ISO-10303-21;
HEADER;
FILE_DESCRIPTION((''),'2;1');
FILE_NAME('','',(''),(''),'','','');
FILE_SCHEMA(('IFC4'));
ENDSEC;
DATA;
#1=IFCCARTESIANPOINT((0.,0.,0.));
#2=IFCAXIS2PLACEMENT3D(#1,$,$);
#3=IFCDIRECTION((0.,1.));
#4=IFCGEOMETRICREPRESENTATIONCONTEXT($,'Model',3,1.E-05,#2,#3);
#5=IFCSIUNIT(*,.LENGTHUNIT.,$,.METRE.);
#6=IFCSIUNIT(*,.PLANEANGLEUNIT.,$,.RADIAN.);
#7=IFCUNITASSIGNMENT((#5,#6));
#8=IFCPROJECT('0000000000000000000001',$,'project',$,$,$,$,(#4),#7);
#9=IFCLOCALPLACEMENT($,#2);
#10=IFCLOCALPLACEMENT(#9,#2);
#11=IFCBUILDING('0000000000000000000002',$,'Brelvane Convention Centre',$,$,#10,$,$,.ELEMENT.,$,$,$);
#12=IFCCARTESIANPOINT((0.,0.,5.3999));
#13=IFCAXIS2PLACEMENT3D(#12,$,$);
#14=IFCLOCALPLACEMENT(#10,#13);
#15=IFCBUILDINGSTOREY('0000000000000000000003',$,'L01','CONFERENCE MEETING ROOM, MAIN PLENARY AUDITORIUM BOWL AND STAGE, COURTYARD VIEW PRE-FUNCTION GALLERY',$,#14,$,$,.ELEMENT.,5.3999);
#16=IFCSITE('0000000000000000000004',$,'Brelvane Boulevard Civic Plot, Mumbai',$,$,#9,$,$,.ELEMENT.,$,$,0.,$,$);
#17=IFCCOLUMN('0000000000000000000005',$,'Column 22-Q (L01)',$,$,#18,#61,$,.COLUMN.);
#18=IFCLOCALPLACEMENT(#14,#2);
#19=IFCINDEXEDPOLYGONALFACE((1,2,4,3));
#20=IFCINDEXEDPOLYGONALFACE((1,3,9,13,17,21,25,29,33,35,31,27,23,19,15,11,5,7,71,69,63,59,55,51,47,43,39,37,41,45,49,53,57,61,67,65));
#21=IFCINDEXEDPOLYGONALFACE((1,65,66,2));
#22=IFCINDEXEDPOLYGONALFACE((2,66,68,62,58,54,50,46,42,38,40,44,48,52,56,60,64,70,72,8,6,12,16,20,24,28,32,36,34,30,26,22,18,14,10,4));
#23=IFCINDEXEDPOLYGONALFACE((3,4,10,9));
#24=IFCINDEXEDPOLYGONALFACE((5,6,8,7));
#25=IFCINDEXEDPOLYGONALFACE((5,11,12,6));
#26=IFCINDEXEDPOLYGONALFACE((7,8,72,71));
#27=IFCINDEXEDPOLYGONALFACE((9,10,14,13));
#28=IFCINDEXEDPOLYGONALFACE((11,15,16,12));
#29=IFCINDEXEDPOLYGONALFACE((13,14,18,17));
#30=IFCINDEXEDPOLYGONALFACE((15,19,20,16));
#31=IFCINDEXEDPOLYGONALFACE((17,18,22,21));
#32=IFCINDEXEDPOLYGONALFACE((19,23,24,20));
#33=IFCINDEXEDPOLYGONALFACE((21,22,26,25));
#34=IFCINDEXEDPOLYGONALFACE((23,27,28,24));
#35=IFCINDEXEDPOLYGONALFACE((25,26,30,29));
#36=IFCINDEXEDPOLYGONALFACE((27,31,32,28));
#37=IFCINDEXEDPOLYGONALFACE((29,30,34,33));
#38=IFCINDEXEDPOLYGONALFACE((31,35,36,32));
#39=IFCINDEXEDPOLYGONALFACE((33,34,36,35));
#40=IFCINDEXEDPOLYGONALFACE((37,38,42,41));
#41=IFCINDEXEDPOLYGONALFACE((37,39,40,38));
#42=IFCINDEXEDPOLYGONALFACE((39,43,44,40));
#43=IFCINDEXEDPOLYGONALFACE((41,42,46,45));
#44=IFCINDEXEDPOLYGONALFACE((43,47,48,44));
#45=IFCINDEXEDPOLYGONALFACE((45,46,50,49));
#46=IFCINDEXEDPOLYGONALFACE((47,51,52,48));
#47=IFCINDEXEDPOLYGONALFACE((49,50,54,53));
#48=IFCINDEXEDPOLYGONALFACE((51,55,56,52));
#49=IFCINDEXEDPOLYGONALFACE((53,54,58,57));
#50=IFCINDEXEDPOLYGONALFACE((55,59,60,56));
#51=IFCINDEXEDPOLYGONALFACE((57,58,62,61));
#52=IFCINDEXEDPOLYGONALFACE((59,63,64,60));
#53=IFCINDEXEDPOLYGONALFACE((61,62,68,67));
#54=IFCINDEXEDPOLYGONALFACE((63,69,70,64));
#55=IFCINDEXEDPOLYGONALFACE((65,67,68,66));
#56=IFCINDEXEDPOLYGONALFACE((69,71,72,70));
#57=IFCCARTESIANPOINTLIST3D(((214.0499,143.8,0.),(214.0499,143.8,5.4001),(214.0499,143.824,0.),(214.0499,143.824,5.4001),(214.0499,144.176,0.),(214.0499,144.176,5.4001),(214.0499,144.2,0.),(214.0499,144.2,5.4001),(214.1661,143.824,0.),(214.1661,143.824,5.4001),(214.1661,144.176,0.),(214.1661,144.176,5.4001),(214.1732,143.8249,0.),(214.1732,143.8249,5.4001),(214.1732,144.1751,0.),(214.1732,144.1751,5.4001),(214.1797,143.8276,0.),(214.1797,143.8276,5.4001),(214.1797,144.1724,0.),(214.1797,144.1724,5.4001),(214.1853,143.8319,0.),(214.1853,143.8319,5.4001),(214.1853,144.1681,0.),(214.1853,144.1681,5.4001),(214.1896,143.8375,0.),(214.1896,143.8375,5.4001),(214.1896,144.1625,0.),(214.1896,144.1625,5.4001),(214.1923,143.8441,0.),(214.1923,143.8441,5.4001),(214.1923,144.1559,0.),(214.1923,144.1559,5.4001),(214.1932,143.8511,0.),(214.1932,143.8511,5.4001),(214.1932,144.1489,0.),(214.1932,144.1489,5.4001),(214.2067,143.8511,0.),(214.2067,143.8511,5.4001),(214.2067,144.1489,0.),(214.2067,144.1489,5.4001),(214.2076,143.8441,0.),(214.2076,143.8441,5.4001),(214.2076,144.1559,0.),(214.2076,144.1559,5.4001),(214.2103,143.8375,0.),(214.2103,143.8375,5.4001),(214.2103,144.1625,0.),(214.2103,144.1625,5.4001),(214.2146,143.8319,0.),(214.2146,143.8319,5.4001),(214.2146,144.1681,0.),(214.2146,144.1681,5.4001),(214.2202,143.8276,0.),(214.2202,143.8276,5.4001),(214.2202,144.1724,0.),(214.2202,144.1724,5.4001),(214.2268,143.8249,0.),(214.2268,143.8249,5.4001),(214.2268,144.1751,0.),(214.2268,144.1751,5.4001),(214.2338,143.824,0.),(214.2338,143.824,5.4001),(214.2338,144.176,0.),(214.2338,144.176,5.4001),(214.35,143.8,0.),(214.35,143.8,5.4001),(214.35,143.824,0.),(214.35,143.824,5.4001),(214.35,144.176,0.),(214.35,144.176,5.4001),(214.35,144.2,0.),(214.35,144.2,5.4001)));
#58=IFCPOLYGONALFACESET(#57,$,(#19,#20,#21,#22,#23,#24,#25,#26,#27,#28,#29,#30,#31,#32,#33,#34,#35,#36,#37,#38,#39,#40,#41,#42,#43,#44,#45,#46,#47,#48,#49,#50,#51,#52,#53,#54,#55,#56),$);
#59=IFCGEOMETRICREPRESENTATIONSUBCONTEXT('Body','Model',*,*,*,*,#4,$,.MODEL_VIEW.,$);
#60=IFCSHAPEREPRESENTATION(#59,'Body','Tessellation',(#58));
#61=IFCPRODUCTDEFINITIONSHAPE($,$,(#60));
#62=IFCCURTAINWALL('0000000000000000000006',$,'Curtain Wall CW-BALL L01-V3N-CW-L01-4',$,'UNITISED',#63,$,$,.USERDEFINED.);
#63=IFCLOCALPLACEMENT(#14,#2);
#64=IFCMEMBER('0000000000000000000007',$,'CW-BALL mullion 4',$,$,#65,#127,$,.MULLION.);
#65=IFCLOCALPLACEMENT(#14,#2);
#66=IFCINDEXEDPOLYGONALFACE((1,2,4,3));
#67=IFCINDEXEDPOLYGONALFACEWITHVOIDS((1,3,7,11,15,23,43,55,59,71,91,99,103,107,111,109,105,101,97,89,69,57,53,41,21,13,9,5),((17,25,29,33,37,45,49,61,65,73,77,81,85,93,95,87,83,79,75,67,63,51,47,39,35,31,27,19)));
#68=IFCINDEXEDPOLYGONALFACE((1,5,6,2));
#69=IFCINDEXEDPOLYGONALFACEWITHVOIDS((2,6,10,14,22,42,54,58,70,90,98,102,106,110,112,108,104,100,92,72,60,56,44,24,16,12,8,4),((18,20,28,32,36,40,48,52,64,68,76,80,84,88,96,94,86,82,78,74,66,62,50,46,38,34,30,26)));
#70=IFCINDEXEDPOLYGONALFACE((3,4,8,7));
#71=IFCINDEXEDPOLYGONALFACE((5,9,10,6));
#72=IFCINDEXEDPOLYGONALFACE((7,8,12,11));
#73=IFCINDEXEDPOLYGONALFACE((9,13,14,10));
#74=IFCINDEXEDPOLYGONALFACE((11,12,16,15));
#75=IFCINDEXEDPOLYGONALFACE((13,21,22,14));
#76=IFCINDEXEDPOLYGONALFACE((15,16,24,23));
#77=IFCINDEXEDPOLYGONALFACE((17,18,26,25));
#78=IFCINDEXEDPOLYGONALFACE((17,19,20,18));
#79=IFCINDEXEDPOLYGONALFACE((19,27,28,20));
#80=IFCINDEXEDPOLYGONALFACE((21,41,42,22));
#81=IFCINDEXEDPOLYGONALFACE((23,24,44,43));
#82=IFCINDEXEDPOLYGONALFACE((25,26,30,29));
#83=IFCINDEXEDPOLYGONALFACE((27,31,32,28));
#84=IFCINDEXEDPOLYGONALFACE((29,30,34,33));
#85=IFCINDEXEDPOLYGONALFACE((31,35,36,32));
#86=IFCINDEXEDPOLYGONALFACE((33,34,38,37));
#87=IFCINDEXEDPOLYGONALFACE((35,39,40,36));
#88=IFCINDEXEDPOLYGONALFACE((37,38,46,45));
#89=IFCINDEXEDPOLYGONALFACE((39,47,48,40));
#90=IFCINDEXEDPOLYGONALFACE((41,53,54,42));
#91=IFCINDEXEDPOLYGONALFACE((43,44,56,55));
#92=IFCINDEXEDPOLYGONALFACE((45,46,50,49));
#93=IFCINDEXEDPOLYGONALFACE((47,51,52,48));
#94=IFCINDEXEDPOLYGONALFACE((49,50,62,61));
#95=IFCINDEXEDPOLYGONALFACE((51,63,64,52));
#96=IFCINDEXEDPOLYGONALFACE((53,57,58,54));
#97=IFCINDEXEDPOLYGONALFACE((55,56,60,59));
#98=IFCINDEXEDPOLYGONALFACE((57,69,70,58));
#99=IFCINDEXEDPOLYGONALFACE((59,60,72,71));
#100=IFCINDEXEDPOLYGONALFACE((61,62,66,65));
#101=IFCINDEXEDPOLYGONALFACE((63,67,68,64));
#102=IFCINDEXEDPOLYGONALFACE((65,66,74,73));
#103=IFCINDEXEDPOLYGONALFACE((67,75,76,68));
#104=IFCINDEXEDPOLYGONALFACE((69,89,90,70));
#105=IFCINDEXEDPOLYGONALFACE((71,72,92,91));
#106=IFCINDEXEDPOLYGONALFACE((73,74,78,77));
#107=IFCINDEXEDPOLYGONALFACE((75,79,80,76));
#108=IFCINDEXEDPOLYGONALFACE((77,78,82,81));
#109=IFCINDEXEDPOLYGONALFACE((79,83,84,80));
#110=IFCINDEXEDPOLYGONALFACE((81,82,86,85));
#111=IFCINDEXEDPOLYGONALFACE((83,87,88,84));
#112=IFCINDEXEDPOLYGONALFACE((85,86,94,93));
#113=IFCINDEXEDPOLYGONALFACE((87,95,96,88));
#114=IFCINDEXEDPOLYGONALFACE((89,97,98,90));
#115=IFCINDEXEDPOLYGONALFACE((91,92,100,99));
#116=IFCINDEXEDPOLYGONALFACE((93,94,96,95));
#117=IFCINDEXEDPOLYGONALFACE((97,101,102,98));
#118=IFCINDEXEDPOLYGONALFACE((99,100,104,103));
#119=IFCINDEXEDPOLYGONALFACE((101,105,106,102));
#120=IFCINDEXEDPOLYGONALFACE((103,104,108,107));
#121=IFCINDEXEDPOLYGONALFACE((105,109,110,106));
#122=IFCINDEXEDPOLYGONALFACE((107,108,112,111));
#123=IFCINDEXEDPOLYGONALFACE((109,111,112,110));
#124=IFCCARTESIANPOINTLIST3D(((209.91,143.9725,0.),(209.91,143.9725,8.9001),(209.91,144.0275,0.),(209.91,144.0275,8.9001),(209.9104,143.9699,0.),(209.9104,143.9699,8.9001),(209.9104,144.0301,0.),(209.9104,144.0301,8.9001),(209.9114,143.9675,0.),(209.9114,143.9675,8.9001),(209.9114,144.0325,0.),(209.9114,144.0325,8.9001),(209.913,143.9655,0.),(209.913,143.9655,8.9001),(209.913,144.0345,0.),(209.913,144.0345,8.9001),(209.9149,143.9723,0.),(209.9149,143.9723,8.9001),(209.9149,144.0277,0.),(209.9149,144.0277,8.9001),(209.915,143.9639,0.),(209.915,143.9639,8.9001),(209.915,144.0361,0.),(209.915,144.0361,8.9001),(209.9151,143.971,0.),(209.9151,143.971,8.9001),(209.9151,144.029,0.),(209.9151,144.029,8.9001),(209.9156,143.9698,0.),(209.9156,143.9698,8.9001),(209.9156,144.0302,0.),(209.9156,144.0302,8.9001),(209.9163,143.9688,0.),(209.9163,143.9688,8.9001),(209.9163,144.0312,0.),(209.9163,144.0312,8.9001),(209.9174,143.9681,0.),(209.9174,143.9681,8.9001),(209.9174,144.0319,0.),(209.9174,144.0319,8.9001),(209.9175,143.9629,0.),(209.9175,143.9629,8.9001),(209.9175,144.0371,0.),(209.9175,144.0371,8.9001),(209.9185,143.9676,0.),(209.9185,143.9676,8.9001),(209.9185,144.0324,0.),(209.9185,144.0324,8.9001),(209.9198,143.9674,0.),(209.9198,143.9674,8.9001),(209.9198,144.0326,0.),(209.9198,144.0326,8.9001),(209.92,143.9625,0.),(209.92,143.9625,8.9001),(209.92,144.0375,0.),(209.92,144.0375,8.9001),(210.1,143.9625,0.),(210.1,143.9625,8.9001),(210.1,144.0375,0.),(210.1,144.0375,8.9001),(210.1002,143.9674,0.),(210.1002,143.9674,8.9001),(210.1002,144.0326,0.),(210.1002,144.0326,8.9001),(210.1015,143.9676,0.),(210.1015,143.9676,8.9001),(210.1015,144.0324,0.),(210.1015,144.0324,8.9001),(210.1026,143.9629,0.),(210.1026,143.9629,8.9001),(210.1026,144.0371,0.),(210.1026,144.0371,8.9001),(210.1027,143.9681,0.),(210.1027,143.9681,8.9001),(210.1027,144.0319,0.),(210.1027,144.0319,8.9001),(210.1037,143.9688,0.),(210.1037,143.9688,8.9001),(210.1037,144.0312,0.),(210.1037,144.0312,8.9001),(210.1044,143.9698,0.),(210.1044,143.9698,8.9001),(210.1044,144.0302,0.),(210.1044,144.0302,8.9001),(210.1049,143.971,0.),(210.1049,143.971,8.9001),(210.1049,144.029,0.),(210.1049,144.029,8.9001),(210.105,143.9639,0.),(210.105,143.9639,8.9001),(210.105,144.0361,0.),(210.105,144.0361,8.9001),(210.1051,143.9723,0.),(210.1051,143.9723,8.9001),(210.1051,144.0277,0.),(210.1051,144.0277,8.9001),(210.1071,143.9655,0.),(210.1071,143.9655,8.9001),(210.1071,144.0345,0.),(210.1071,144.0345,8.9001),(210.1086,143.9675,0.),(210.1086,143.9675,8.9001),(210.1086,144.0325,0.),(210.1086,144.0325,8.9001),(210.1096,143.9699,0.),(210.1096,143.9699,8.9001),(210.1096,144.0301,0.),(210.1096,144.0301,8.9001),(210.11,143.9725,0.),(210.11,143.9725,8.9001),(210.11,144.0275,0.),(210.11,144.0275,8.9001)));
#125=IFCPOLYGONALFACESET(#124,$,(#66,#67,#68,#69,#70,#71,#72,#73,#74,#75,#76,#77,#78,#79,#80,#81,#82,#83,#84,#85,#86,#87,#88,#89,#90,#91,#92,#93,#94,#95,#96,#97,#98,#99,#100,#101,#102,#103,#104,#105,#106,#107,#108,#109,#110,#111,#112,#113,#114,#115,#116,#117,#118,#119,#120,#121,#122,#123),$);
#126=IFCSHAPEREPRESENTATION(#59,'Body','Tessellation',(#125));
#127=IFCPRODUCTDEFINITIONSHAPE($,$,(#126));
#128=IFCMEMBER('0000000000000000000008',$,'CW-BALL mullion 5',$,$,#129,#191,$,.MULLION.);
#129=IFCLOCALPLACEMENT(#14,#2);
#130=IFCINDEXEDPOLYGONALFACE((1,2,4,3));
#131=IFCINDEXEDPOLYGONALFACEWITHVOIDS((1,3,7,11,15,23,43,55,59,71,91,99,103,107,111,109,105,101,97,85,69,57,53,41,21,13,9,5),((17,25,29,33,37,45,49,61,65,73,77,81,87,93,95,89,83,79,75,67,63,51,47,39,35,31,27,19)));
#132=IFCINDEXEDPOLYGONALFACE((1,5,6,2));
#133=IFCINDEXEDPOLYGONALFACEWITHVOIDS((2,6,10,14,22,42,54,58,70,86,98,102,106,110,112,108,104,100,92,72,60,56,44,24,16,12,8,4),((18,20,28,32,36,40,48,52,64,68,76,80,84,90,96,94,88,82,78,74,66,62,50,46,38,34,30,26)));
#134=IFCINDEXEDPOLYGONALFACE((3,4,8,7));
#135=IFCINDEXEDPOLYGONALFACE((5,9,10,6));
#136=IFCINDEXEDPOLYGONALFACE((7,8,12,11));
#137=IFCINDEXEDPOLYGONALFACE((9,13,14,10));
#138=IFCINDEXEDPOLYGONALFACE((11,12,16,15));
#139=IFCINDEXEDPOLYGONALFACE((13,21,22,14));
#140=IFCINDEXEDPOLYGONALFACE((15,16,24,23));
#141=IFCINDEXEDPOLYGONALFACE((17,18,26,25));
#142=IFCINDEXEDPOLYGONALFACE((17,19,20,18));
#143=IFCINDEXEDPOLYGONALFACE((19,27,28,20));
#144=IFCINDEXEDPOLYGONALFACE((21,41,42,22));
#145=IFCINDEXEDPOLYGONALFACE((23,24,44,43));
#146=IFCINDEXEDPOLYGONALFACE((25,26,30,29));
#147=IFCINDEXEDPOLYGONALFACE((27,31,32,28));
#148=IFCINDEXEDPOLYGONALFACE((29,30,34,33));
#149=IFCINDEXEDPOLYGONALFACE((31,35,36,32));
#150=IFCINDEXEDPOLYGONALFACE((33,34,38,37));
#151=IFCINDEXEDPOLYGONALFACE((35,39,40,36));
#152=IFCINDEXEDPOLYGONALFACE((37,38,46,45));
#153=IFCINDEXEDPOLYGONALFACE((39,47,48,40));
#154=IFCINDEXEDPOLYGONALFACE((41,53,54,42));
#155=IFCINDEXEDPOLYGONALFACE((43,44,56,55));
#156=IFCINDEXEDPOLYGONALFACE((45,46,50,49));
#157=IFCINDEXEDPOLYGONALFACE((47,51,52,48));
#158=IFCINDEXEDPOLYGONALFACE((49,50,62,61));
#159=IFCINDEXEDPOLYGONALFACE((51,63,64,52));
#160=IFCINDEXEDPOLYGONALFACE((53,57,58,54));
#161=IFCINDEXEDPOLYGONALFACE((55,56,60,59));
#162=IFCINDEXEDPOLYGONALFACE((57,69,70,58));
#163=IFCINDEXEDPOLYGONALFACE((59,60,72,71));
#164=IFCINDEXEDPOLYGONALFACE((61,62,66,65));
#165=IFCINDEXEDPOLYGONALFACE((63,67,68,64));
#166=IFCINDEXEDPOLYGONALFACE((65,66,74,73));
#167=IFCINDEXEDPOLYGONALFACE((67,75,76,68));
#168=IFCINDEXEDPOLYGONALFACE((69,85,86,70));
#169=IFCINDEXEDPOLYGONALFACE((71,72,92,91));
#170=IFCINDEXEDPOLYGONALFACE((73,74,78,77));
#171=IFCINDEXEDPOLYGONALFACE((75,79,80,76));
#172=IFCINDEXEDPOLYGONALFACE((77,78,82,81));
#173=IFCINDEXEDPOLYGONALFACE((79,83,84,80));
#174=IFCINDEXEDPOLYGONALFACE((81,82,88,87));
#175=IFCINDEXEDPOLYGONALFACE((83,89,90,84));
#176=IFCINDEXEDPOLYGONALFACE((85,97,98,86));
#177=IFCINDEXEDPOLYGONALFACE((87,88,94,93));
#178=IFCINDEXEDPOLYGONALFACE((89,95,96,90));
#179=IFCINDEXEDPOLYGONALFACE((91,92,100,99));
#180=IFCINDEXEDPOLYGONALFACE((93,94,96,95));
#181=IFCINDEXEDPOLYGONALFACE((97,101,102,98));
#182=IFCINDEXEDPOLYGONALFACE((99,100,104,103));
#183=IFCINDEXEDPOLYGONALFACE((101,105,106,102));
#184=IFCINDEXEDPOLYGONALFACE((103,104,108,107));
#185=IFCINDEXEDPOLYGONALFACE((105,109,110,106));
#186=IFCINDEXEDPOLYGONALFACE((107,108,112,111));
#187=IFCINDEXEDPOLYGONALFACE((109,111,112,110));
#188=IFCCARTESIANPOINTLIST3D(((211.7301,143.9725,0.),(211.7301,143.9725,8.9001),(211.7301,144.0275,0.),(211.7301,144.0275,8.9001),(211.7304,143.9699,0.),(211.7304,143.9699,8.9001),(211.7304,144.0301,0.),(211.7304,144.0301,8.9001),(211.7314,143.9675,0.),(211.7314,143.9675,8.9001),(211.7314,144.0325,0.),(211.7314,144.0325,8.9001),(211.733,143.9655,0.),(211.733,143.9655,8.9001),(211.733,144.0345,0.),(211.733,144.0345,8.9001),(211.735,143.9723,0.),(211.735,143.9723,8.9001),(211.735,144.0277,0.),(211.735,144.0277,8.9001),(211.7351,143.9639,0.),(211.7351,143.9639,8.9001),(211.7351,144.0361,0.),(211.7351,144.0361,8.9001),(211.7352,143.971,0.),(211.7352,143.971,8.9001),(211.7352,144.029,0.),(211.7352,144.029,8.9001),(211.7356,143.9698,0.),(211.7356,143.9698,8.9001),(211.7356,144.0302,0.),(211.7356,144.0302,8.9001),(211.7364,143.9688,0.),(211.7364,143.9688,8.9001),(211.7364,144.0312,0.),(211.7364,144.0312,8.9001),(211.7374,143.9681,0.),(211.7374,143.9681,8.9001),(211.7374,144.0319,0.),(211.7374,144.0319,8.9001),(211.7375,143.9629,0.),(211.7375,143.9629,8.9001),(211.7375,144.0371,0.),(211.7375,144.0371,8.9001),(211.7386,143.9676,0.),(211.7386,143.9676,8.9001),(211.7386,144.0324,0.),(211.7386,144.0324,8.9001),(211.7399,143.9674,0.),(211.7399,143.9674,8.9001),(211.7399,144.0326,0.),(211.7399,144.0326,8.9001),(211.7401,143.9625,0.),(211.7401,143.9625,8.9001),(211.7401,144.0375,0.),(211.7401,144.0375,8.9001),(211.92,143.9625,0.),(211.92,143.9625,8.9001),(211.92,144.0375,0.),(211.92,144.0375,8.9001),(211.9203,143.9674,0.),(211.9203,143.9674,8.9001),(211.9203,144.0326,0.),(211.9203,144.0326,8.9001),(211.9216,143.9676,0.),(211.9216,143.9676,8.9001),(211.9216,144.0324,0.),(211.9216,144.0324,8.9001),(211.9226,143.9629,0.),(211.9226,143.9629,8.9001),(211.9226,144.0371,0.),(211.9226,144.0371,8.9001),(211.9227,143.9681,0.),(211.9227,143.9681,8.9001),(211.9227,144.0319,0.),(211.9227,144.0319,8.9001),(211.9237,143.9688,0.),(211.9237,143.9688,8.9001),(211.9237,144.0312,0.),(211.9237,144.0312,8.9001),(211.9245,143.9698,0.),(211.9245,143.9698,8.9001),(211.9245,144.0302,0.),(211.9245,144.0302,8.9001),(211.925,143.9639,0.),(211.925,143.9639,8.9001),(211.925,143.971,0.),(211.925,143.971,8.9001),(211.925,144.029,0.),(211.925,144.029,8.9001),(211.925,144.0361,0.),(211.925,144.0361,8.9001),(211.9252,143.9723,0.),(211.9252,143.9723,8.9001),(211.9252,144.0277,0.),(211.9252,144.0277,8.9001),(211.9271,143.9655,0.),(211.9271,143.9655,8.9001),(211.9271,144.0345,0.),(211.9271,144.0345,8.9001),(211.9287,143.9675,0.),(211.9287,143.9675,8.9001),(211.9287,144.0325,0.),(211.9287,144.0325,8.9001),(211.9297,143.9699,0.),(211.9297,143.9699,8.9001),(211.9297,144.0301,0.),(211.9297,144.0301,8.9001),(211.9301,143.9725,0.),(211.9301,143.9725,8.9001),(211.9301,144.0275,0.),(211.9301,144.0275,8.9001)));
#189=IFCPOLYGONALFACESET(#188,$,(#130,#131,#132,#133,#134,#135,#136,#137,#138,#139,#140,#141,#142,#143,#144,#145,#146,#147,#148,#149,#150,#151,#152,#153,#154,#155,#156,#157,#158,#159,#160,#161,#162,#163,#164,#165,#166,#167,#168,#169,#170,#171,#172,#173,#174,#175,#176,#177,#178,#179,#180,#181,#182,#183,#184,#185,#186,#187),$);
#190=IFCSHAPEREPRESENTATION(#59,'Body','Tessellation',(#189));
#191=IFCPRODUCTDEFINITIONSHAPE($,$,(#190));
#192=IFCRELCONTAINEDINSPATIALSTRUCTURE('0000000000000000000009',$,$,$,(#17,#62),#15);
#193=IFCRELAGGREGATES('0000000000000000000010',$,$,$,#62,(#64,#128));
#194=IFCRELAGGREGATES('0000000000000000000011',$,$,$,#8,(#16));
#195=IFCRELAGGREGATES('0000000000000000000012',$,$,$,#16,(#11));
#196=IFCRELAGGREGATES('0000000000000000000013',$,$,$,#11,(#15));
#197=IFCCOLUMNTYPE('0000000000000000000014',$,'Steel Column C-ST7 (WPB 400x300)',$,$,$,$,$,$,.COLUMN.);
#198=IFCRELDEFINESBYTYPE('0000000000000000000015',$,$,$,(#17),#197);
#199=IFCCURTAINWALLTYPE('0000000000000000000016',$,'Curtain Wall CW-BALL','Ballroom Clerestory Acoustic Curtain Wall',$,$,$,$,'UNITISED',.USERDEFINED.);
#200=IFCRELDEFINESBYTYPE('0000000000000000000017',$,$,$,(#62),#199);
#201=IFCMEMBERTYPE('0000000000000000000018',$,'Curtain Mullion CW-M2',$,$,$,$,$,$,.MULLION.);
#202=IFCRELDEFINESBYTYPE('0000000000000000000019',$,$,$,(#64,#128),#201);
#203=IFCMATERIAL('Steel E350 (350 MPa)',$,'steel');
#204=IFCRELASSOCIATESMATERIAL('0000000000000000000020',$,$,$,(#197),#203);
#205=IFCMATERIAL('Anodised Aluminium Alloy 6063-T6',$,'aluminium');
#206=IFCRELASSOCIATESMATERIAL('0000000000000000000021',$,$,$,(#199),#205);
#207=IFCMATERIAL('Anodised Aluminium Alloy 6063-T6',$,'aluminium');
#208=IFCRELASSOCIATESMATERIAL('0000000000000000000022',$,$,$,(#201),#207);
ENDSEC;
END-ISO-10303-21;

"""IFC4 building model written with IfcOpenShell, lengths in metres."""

from ifc_helpers import new_model, si_unit, direction, frame, origin, origin_2d, place, context, subcontext, project, spatial, hollow_rectangle, i_section, extrude, material, material_profile, profile_set, type_object, element, aggregate, save


model = new_model("IFC4")

# Units and contexts
model_context = context("Model", 3, precision=1e-05, world=origin(), true_north=direction((0.0, 1.0)))
body_context = subcontext(model_context, "Body", "Model", "MODEL_VIEW")
ifc_project = project(units=[si_unit("LENGTHUNIT", "METRE"), si_unit("PLANEANGLEUNIT", "RADIAN")], contexts=[model_context])

# Site, building, storey
site_placement = place(None, origin())
site = spatial("IfcSite", under=ifc_project, at=site_placement, Name="Brelvane Boulevard Civic Plot, Mumbai", CompositionType="ELEMENT", RefElevation=0.0)
building_placement = place(site_placement, origin())
building = spatial("IfcBuilding", under=site, at=building_placement, Name="Brelvane Convention Centre", CompositionType="ELEMENT")
storey_placement = place(building_placement, frame((0.0, 0.0, 5.3999)))
storey = spatial("IfcBuildingStorey", under=building, at=storey_placement, Name="L01", Description="CONFERENCE MEETING ROOM, MAIN PLENARY AUDITORIUM BOWL AND STAGE, COURTYARD VIEW PRE-FUNCTION GALLERY", CompositionType="ELEMENT", Elevation=5.3999)

# Column
ifc_material_1 = material(Name="Steel E350 (350 MPa)", Category="steel")
ifc_material_profile_1 = material_profile(ifc_material_1, i_section(OverallWidth=0.3, OverallDepth=0.3999, WebThickness=0.0134, FlangeThickness=0.0239, FilletRadius=0.0271, at=origin_2d()), Name="WPB 400x300")
ifc_profile_set_1 = profile_set([ifc_material_profile_1], Name="Steel E350 (350 MPa)")
column_type = type_object("IfcColumnType", Name="Steel Column C-ST7 (WPB 400x300)", PredefinedType="COLUMN", material=ifc_profile_set_1)
column_placement = place(storey_placement, frame((214.2, 144.0, 0.0), z_axis=(0.0, 0.0, 1.0), x_axis=(1.0, 0.0, 0.0)))
element("IfcColumn", 1, at=column_placement, inside=storey, type_object=column_type, Name="Column 22-Q (L01)", PredefinedType="COLUMN", context=body_context, shape_type="SweptSolid", body=[
    extrude(i_section(OverallWidth=0.3, OverallDepth=0.3999, WebThickness=0.0134, FlangeThickness=0.0239, FilletRadius=0.0271, at=origin_2d()), origin(), (0.0, 0.0, 1.0), 5.4001),
])

# Curtain wall, members
ifc_material_2 = material(Name="Anodised Aluminium Alloy 6063-T6", Category="aluminium")
curtain_wall_type = type_object("IfcCurtainWallType", Name="Curtain Wall CW-BALL", Description="Ballroom Clerestory Acoustic Curtain Wall", ElementType="UNITISED", PredefinedType="USERDEFINED", material=ifc_material_2)
curtain_wall_1_placement = place(storey_placement, origin())
curtain_wall_1 = element("IfcCurtainWall", 2, at=curtain_wall_1_placement, inside=storey, type_object=curtain_wall_type, Name="Curtain Wall CW-BALL L01-V3N-CW-L01-4", ObjectType="UNITISED", PredefinedType="USERDEFINED")
ifc_material_3 = material(Name="Anodised Aluminium Alloy 6063-T6", Category="aluminium")
ifc_material_profile_2 = material_profile(ifc_material_3, hollow_rectangle(XDim=0.075, YDim=0.2, WallThickness=0.0049, InnerFilletRadius=0.0049, OuterFilletRadius=0.01, at=origin_2d()), Name="ALU-M 200x75x5.0")
ifc_profile_set_2 = profile_set([ifc_material_profile_2], Name="Anodised Aluminium Alloy 6063-T6")
member_type_1 = type_object("IfcMemberType", Name="Curtain Mullion CW-M2", PredefinedType="MULLION", material=ifc_profile_set_2)
member_1_placement = place(storey_placement, frame((210.01, 144.0, 0.0), z_axis=(0.0, 0.0, 1.0), x_axis=(0.0, 1.0, 0.0)))
member_1 = element("IfcMember", 3, at=member_1_placement, type_object=member_type_1, Name="CW-BALL mullion 4", PredefinedType="MULLION", context=body_context, shape_type="SweptSolid", body=[
    extrude(hollow_rectangle(XDim=0.075, YDim=0.2, WallThickness=0.0049, InnerFilletRadius=0.0049, OuterFilletRadius=0.01, at=origin_2d()), origin(), (0.0, 0.0, 1.0), 8.9001),
])
member_2_placement = place(storey_placement, frame((211.8301, 144.0, 0.0), z_axis=(0.0, 0.0, 1.0), x_axis=(0.0, 1.0, 0.0)))
member_2 = element("IfcMember", 4, at=member_2_placement, type_object=member_type_1, Name="CW-BALL mullion 5", PredefinedType="MULLION", context=body_context, shape_type="SweptSolid", body=[
    extrude(hollow_rectangle(XDim=0.075, YDim=0.2, WallThickness=0.0049, InnerFilletRadius=0.0049, OuterFilletRadius=0.01, at=origin_2d()), origin(), (0.0, 0.0, 1.0), 8.9001),
])

aggregate(curtain_wall_1, [member_1, member_2])

save(model, "model.ifc")
